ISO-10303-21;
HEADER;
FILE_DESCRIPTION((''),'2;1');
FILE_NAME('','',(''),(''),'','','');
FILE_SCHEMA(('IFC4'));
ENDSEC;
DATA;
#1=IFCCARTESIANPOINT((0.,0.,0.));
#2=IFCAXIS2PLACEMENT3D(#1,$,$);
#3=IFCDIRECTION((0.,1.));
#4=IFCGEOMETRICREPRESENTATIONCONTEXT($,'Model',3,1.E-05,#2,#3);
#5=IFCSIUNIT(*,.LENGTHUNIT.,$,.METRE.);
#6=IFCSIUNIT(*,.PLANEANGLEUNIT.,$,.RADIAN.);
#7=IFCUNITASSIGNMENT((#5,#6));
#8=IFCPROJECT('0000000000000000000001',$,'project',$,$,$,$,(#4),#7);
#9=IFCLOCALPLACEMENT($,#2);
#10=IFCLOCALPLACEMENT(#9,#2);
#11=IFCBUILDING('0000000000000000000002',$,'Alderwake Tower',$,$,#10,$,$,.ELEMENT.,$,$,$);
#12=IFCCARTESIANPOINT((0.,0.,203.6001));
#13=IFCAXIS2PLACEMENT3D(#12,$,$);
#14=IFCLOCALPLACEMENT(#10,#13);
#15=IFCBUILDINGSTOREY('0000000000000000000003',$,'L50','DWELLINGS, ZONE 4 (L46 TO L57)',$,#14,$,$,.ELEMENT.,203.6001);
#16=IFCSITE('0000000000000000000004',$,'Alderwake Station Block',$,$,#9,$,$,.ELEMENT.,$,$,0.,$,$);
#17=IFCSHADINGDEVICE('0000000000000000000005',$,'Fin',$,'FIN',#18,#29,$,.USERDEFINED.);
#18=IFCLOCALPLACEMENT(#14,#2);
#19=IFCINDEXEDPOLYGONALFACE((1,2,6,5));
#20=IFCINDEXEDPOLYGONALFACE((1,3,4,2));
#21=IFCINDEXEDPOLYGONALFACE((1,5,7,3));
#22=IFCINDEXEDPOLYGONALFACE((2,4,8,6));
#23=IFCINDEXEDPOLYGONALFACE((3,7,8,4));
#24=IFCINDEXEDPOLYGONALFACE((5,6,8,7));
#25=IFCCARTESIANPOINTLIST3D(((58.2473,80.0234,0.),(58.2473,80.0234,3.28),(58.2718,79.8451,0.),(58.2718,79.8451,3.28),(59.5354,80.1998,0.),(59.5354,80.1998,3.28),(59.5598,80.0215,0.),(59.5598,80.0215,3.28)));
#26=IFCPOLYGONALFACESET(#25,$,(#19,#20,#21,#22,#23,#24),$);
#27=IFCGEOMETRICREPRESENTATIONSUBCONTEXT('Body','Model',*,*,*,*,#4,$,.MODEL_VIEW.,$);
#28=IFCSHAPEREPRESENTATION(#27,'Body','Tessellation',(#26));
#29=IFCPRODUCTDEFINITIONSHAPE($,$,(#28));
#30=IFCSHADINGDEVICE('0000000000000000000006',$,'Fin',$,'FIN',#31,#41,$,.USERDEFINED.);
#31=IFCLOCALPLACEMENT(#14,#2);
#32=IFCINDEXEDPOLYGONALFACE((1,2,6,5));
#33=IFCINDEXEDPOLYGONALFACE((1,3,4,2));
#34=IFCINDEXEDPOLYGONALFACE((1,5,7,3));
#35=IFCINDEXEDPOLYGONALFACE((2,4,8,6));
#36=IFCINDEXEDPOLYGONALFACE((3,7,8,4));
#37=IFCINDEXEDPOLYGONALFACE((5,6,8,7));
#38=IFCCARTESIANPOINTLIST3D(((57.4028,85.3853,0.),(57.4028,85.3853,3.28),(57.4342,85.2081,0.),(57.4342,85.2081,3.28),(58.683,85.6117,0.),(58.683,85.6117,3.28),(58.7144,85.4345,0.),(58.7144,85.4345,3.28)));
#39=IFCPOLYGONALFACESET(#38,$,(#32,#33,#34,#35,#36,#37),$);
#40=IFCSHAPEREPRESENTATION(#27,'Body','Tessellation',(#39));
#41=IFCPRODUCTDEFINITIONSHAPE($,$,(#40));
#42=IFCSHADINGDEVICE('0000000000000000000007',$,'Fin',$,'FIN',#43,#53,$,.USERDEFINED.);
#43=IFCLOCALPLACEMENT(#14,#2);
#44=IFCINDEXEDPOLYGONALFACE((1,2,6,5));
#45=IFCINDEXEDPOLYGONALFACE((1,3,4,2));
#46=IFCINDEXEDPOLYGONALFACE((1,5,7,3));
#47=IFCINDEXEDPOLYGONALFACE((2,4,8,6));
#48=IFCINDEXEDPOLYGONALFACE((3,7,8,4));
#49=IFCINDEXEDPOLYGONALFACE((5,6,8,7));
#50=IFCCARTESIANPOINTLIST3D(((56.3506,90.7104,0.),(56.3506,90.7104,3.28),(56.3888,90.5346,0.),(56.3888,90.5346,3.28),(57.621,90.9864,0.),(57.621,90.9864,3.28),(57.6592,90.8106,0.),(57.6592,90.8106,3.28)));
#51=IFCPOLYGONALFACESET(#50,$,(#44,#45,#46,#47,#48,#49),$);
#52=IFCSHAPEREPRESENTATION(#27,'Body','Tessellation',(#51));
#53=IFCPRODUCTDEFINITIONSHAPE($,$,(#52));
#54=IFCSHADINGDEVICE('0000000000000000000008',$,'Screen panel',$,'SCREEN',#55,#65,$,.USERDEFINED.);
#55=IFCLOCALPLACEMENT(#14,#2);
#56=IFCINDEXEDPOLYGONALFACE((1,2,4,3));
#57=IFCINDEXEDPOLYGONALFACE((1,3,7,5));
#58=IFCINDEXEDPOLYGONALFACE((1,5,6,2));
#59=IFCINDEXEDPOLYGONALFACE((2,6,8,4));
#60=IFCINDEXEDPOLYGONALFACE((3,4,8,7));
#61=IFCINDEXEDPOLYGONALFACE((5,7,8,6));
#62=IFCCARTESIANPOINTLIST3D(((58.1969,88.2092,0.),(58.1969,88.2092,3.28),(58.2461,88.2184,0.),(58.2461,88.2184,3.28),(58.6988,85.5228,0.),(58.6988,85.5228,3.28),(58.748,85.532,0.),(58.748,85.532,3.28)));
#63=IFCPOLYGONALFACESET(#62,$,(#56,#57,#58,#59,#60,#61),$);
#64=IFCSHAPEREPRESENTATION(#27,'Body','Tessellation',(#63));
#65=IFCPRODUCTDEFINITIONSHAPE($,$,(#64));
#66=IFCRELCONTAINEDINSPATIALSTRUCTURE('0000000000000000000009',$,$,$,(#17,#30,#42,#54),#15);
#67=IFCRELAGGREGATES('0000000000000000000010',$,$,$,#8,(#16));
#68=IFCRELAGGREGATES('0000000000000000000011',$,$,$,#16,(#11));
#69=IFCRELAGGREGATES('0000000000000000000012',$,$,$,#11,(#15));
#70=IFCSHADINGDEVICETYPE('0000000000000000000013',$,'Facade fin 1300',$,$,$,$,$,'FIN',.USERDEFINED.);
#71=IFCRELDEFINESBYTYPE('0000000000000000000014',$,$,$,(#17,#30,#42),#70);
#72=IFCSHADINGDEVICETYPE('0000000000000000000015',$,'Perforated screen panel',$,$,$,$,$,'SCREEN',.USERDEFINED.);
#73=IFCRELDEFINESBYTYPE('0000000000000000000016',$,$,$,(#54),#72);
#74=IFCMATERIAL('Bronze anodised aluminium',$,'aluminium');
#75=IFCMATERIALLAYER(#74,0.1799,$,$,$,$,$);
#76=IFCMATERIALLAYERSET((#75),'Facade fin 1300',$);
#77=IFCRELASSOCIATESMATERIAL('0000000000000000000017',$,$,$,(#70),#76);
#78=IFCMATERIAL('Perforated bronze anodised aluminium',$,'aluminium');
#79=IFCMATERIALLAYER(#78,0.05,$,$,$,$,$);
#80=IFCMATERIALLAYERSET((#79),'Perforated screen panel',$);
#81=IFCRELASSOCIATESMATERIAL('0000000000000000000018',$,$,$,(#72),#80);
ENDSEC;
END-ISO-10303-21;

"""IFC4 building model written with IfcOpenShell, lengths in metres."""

from ifc_helpers import new_model, si_unit, direction, frame, origin, origin_2d, place, context, subcontext, project, spatial, rectangle, extrude, material, layer, layer_set, type_object, element, save


model = new_model("IFC4")

# Units and contexts
model_context = context("Model", 3, precision=1e-05, world=origin(), true_north=direction((0.0, 1.0)))
body_context = subcontext(model_context, "Body", "Model", "MODEL_VIEW")
ifc_project = project(units=[si_unit("LENGTHUNIT", "METRE"), si_unit("PLANEANGLEUNIT", "RADIAN")], contexts=[model_context])

# Site, building, storey
site_placement = place(None, origin())
site = spatial("IfcSite", under=ifc_project, at=site_placement, Name="Alderwake Station Block", CompositionType="ELEMENT", RefElevation=0.0)
building_placement = place(site_placement, origin())
building = spatial("IfcBuilding", under=site, at=building_placement, Name="Alderwake Tower", CompositionType="ELEMENT")
storey_placement = place(building_placement, frame((0.0, 0.0, 203.6001)))
storey = spatial("IfcBuildingStorey", under=building, at=storey_placement, Name="L50", Description="DWELLINGS, ZONE 4 (L46 TO L57)", CompositionType="ELEMENT", Elevation=203.6001)

# Shading devices
ifc_material_1 = material(Name="Bronze anodised aluminium", Category="aluminium")
ifc_layer_1 = layer(ifc_material_1, 0.1799)
ifc_layer_set_1 = layer_set([ifc_layer_1], Name="Facade fin 1300")
shading_device_type_1 = type_object("IfcShadingDeviceType", Name="Facade fin 1300", ElementType="FIN", PredefinedType="USERDEFINED", material=ifc_layer_set_1)
for number, where, z_axis, x_axis, name in (
    (1, (58.9036, 80.0225, 0.0), (0.0, 0.0, 1.0), (0.990753, 0.135681, 0.0), "Fin"),
    (2, (58.0586, 85.4099, 0.0), (0.0, 0.0, 1.0), (0.984726, 0.174109, 0.0), "Fin"),
    (3, (57.0049, 90.7605, 0.0), (0.0, 0.0, 1.0), (0.97721, 0.212273, 0.0), "Fin"),
):
    element("IfcShadingDevice", number, at=place(storey_placement, frame(where, z_axis=z_axis, x_axis=x_axis)), inside=storey, type_object=shading_device_type_1, Name=name, ObjectType="FIN", PredefinedType="USERDEFINED", context=body_context, shape_type="SweptSolid", body=[
        extrude(rectangle(XDim=1.3, YDim=0.1799, at=origin_2d()), origin(), (0.0, 0.0, 1.0), 3.28),
    ])
ifc_material_2 = material(Name="Perforated bronze anodised aluminium", Category="aluminium")
ifc_layer_2 = layer(ifc_material_2, 0.05)
ifc_layer_set_2 = layer_set([ifc_layer_2], Name="Perforated screen panel")
shading_device_type_2 = type_object("IfcShadingDeviceType", Name="Perforated screen panel", ElementType="SCREEN", PredefinedType="USERDEFINED", material=ifc_layer_set_2)
shading_device_placement = place(storey_placement, frame((58.4724, 86.8706, 0.0), z_axis=(0.0, 0.0, 1.0), x_axis=(0.982991, 0.183651, 0.0)))
element("IfcShadingDevice", 4, at=shading_device_placement, inside=storey, type_object=shading_device_type_2, Name="Screen panel", ObjectType="SCREEN", PredefinedType="USERDEFINED", context=body_context, shape_type="SweptSolid", body=[
    extrude(rectangle(XDim=0.05, YDim=2.7329, at=origin_2d()), origin(), (0.0, 0.0, 1.0), 3.28),
])

save(model, "model.ifc")
